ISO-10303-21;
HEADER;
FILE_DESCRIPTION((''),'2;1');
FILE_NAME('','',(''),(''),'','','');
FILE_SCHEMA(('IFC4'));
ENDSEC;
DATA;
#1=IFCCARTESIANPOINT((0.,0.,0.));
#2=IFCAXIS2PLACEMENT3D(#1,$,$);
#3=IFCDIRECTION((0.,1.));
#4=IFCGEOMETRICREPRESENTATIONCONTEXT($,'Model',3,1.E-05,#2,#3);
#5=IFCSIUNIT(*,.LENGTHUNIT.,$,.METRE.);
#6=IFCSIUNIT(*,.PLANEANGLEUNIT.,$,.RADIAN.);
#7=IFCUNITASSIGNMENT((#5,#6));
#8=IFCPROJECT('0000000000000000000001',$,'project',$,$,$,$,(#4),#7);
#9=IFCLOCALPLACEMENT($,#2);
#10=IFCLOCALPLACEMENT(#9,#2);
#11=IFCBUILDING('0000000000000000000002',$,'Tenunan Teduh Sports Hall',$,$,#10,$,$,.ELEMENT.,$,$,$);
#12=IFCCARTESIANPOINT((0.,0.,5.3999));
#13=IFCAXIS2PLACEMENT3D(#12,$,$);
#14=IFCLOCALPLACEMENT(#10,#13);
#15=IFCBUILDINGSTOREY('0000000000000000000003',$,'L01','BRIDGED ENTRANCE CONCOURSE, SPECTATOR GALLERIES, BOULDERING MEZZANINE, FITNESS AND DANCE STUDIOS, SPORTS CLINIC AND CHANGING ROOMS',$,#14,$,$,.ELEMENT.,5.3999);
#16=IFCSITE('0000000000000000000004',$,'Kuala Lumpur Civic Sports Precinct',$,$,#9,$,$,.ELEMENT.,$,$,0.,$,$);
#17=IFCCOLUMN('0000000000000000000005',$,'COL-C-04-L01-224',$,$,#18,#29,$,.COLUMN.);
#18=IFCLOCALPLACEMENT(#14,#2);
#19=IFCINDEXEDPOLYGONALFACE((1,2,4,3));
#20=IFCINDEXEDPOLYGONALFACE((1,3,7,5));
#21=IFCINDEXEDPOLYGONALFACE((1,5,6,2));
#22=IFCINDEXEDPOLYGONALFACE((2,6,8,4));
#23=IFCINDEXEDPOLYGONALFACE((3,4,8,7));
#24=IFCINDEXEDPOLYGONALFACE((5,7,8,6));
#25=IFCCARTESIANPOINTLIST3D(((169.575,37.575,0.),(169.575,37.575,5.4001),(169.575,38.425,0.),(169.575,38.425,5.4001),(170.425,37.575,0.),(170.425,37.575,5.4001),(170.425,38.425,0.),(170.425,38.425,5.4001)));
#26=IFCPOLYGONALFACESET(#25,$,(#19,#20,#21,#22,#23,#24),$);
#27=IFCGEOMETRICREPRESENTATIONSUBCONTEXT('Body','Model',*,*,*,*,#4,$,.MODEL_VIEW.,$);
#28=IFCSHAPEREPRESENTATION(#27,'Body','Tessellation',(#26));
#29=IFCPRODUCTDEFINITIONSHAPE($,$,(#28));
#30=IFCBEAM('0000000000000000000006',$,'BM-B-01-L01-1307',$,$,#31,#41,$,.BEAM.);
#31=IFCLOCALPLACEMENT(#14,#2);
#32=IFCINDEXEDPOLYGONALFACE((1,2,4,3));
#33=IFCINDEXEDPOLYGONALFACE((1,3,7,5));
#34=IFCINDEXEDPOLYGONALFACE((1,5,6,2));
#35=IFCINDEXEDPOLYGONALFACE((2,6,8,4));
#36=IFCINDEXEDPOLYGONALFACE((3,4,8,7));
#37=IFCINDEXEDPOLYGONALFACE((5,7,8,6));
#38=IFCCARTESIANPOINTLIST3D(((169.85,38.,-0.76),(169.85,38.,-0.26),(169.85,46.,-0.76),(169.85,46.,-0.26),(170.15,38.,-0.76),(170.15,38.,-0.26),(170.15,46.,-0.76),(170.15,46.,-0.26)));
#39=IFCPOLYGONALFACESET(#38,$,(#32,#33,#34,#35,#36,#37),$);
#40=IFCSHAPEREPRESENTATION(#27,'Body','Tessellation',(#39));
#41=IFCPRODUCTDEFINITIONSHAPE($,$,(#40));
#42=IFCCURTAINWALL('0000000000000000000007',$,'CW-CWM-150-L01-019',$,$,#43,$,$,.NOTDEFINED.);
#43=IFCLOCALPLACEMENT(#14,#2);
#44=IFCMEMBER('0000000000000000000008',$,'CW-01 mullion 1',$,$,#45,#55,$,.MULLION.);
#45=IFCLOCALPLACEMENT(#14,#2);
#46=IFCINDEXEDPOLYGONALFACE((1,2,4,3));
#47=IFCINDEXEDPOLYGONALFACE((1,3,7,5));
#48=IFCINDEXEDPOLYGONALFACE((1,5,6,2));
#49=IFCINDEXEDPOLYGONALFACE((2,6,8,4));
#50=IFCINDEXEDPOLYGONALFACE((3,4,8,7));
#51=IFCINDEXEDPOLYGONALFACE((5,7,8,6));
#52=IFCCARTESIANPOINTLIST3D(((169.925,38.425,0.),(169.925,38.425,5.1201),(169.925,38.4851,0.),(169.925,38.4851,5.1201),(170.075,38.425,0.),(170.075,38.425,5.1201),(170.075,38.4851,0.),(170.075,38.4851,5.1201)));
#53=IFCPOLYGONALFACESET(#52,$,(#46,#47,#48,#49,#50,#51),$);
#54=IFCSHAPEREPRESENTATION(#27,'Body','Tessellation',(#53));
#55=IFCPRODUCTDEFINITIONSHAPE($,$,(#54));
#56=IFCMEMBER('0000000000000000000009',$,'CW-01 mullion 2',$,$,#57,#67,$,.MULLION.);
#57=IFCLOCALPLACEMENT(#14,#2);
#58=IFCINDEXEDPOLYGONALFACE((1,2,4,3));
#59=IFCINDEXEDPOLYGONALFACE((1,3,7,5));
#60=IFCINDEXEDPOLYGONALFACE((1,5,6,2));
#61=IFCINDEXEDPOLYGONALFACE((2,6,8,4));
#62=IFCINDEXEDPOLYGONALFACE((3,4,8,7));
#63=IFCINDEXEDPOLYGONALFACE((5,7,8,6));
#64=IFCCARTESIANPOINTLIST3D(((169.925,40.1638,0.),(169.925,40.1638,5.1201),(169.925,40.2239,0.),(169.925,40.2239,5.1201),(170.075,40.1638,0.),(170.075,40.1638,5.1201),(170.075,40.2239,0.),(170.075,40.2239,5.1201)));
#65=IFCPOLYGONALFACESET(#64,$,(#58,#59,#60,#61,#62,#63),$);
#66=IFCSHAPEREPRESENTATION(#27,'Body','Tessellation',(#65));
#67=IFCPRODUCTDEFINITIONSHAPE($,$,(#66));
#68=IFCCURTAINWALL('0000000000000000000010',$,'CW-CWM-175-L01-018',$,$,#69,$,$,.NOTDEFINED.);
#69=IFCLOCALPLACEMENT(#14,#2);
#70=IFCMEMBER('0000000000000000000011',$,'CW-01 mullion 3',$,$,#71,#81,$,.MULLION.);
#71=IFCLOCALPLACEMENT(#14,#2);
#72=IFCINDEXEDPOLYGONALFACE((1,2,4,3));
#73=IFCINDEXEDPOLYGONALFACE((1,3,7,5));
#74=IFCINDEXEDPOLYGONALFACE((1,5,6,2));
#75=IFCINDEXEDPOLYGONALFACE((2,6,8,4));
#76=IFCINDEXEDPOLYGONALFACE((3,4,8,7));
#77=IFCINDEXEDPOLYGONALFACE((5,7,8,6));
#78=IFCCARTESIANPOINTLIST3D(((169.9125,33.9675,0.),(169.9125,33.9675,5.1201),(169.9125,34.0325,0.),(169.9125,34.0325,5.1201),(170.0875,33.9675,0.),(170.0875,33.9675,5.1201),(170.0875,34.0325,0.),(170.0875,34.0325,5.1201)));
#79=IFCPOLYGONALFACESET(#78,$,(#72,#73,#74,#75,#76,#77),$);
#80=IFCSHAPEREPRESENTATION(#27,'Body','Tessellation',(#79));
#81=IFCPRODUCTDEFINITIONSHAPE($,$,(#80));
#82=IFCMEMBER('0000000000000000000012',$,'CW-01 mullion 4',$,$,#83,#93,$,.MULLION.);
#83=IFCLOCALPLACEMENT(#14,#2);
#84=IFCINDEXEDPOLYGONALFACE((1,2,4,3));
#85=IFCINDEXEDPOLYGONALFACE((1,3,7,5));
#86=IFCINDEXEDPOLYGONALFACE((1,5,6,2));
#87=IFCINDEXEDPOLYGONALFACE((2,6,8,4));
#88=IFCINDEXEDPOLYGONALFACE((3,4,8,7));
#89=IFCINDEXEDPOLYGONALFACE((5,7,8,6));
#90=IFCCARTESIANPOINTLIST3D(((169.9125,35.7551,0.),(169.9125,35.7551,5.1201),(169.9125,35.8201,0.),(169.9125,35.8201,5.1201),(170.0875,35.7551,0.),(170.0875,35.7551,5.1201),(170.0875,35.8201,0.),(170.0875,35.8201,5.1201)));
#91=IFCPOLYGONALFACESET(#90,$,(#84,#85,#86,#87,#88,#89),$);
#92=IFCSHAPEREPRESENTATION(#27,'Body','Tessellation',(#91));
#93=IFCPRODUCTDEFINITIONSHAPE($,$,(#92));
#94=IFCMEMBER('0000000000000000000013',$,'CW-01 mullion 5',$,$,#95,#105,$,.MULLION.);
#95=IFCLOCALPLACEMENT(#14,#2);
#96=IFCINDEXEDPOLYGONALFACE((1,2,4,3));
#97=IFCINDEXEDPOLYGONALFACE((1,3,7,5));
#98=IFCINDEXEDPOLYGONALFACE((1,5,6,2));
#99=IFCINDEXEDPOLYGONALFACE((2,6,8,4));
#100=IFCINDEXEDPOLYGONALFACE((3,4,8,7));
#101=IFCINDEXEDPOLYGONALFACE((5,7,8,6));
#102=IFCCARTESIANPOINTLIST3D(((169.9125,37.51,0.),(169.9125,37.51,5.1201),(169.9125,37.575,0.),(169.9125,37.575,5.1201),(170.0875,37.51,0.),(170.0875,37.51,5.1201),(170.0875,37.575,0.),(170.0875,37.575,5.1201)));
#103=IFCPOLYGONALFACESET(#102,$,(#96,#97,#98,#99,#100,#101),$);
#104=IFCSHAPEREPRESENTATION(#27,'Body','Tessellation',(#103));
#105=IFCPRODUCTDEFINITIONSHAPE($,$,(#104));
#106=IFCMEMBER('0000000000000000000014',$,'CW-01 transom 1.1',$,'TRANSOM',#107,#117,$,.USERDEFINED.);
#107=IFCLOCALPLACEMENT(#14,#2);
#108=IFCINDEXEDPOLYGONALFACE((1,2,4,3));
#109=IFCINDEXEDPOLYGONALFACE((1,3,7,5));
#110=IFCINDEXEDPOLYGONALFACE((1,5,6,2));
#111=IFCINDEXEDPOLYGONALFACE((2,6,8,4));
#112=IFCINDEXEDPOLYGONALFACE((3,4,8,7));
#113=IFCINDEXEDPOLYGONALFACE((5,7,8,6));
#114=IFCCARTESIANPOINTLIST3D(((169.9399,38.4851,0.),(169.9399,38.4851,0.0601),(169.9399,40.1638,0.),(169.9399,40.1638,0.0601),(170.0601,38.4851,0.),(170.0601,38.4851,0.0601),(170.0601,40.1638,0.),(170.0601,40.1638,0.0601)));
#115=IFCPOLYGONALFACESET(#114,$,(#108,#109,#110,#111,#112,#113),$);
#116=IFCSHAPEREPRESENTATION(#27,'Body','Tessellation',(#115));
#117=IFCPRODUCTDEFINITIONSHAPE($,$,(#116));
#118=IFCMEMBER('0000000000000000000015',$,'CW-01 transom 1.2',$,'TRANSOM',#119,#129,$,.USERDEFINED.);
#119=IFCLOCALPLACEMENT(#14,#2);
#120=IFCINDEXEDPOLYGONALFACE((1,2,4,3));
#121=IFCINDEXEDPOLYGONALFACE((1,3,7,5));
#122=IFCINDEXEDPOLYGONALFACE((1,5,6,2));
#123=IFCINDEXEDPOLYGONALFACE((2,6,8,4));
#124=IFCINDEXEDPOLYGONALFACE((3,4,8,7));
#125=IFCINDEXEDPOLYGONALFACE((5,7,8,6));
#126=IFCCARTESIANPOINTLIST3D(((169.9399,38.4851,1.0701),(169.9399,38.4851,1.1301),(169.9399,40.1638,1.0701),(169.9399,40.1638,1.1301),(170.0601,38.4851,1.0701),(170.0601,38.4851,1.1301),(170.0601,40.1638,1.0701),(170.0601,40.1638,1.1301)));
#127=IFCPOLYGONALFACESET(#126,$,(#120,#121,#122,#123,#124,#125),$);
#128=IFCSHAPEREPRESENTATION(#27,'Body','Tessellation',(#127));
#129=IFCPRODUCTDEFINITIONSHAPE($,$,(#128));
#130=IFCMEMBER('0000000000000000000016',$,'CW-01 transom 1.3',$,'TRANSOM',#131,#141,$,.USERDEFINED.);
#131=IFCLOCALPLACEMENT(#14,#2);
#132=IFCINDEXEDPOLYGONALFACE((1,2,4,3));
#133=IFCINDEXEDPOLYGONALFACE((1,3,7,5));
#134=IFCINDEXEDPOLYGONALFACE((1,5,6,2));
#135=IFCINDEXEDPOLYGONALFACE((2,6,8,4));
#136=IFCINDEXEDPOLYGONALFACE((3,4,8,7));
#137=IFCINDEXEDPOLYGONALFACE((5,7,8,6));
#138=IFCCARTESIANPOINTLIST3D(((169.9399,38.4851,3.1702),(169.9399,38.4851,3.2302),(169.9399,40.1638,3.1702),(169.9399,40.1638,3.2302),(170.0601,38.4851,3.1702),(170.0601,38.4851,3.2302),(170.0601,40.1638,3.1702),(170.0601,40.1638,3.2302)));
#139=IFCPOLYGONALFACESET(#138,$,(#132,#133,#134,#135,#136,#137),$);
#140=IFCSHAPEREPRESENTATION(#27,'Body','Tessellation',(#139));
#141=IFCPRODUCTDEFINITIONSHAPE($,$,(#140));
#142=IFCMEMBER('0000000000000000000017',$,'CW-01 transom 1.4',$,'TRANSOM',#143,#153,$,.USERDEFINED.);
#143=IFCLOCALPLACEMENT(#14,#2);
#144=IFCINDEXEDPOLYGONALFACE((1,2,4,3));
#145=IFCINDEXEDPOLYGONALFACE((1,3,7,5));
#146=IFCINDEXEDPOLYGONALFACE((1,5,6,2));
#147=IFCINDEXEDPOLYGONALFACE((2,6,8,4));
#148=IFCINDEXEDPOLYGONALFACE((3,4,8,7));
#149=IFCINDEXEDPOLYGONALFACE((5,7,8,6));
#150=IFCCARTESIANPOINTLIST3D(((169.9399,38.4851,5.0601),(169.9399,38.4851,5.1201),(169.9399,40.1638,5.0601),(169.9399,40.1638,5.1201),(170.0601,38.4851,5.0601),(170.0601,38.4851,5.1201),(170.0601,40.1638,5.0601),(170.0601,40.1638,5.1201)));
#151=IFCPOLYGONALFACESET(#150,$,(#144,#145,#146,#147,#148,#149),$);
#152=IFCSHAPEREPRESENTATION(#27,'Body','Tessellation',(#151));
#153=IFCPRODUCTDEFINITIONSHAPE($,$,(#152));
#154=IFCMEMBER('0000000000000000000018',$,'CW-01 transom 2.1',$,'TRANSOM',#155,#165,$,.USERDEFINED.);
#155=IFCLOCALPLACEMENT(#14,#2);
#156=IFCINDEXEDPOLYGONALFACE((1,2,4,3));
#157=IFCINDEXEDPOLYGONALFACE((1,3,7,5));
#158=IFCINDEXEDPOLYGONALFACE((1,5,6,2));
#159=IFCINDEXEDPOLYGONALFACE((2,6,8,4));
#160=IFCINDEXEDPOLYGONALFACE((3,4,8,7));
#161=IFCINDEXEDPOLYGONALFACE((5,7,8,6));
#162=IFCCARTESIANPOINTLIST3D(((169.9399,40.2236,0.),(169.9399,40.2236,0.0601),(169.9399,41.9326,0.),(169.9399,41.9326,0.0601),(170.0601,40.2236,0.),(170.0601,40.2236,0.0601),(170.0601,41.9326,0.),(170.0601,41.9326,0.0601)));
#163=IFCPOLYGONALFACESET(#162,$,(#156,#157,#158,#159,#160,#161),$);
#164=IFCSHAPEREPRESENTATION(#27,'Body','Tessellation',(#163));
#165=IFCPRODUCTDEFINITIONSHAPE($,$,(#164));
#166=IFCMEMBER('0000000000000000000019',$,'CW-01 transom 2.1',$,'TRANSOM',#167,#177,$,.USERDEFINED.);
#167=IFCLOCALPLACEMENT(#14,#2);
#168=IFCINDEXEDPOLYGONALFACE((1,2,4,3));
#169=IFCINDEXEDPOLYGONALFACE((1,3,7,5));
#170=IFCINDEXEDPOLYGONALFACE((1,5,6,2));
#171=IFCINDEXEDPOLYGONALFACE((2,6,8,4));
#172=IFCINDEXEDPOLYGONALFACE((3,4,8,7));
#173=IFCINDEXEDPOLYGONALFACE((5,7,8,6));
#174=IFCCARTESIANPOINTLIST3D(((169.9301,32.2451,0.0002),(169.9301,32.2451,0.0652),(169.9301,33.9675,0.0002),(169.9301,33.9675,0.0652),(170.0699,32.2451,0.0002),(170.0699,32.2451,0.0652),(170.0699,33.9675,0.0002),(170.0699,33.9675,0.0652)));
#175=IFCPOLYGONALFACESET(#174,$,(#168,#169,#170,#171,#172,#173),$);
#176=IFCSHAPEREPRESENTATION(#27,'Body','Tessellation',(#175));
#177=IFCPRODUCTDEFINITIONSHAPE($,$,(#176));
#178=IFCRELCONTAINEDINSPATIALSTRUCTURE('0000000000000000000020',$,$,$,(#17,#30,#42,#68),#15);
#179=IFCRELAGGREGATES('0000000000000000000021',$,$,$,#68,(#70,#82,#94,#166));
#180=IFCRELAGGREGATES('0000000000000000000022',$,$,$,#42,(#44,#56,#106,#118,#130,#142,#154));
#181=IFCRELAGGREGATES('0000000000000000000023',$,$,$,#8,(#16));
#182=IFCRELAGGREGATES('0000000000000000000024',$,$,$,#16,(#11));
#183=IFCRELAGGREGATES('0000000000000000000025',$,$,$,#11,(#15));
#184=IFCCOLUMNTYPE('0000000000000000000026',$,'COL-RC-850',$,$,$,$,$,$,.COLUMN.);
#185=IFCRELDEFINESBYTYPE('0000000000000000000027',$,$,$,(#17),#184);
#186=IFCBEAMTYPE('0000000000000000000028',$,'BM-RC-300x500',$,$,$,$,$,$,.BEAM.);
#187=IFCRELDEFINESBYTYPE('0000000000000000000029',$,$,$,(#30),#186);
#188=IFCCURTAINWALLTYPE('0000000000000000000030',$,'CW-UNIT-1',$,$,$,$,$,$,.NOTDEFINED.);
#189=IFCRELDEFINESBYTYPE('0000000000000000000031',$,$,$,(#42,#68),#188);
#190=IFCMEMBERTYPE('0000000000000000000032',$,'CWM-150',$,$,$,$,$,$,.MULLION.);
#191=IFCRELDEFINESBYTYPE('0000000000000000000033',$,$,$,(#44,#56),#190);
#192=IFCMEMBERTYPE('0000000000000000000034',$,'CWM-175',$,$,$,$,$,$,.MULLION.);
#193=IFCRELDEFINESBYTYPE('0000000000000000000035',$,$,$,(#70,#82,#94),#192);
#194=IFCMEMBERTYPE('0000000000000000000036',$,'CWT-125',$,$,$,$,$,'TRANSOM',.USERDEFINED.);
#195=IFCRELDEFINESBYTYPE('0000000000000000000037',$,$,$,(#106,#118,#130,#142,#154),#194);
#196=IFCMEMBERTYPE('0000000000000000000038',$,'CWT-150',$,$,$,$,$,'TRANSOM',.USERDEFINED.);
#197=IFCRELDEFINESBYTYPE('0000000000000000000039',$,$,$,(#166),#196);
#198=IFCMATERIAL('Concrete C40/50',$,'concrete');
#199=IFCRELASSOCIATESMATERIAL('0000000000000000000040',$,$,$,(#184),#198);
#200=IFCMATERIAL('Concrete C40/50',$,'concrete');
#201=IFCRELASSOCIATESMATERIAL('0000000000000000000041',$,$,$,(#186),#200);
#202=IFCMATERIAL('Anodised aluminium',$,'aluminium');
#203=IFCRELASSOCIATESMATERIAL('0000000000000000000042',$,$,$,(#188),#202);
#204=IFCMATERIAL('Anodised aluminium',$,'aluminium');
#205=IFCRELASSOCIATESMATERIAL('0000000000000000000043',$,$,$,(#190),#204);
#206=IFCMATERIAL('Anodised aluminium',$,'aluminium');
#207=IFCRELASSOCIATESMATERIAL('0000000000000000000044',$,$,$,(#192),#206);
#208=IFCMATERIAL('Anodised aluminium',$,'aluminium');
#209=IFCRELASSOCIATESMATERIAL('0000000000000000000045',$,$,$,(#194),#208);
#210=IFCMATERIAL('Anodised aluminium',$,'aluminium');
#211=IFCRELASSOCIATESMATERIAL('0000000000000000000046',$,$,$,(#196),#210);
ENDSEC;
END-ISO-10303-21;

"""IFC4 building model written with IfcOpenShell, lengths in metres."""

from ifc_helpers import new_model, si_unit, direction, frame, origin, origin_2d, place, context, subcontext, project, spatial, rectangle, extrude, material, material_profile, profile_set, type_object, element, aggregate, save


model = new_model("IFC4")

# Units and contexts
model_context = context("Model", 3, precision=1e-05, world=origin(), true_north=direction((0.0, 1.0)))
body_context = subcontext(model_context, "Body", "Model", "MODEL_VIEW")
ifc_project = project(units=[si_unit("LENGTHUNIT", "METRE"), si_unit("PLANEANGLEUNIT", "RADIAN")], contexts=[model_context])

# Site, building, storey
site_placement = place(None, origin())
site = spatial("IfcSite", under=ifc_project, at=site_placement, Name="Kuala Lumpur Civic Sports Precinct", CompositionType="ELEMENT", RefElevation=0.0)
building_placement = place(site_placement, origin())
building = spatial("IfcBuilding", under=site, at=building_placement, Name="Tenunan Teduh Sports Hall", CompositionType="ELEMENT")
storey_placement = place(building_placement, frame((0.0, 0.0, 5.3999)))
storey = spatial("IfcBuildingStorey", under=building, at=storey_placement, Name="L01", Description="BRIDGED ENTRANCE CONCOURSE, SPECTATOR GALLERIES, BOULDERING MEZZANINE, FITNESS AND DANCE STUDIOS, SPORTS CLINIC AND CHANGING ROOMS", CompositionType="ELEMENT", Elevation=5.3999)

# Column
ifc_material_1 = material(Name="Concrete C40/50", Category="concrete")
ifc_material_profile_1 = material_profile(ifc_material_1, rectangle(XDim=0.8501, YDim=0.8501, at=origin_2d()), Name="RC 850x850")
ifc_profile_set_1 = profile_set([ifc_material_profile_1], Name="Concrete C40/50")
column_type = type_object("IfcColumnType", Name="COL-RC-850", PredefinedType="COLUMN", material=ifc_profile_set_1)
column_placement = place(storey_placement, frame((170.0, 38.0, 0.0), z_axis=(0.0, 0.0, 1.0), x_axis=(1.0, 0.0, 0.0)))
element("IfcColumn", 1, at=column_placement, inside=storey, type_object=column_type, Name="COL-C-04-L01-224", PredefinedType="COLUMN", context=body_context, shape_type="SweptSolid", body=[
    extrude(rectangle(XDim=0.8501, YDim=0.8501, at=origin_2d()), origin(), (0.0, 0.0, 1.0), 5.4001),
])

# Beam
ifc_material_2 = material(Name="Concrete C40/50", Category="concrete")
ifc_material_profile_2 = material_profile(ifc_material_2, rectangle(XDim=0.3, YDim=0.5, at=origin_2d()), Name="RCB 300x500")
ifc_profile_set_2 = profile_set([ifc_material_profile_2], Name="Concrete C40/50")
beam_type = type_object("IfcBeamType", Name="BM-RC-300x500", PredefinedType="BEAM", material=ifc_profile_set_2)
beam_placement = place(storey_placement, frame((170.0, 38.0, -0.51), z_axis=(0.0, 1.0, 0.0), x_axis=(-1.0, 0.0, 0.0)))
element("IfcBeam", 2, at=beam_placement, inside=storey, type_object=beam_type, Name="BM-B-01-L01-1307", PredefinedType="BEAM", context=body_context, shape_type="SweptSolid", body=[
    extrude(rectangle(XDim=0.3, YDim=0.5, at=origin_2d()), origin(), (0.0, 0.0, 1.0), 8.0),
])

# Curtain walls, members
ifc_material_3 = material(Name="Anodised aluminium", Category="aluminium")
curtain_wall_type = type_object("IfcCurtainWallType", Name="CW-UNIT-1", PredefinedType="NOTDEFINED", material=ifc_material_3)
curtain_wall_1_placement = place(storey_placement, origin())
curtain_wall_1 = element("IfcCurtainWall", 3, at=curtain_wall_1_placement, inside=storey, type_object=curtain_wall_type, Name="CW-CWM-150-L01-019", PredefinedType="NOTDEFINED")
ifc_material_4 = material(Name="Anodised aluminium", Category="aluminium")
ifc_material_profile_3 = material_profile(ifc_material_4, rectangle(XDim=0.0601, YDim=0.1499, at=origin_2d()), Name="CWM 60x150")
ifc_profile_set_3 = profile_set([ifc_material_profile_3], Name="Anodised aluminium")
member_type_1 = type_object("IfcMemberType", Name="CWM-150", PredefinedType="MULLION", material=ifc_profile_set_3)
member_1_placement = place(storey_placement, frame((170.0, 38.4551, 0.0), z_axis=(0.0, 0.0, 1.0), x_axis=(0.0, 1.0, 0.0)))
member_1 = element("IfcMember", 4, at=member_1_placement, type_object=member_type_1, Name="CW-01 mullion 1", PredefinedType="MULLION", context=body_context, shape_type="SweptSolid", body=[
    extrude(rectangle(XDim=0.0601, YDim=0.1499, at=origin_2d()), origin(), (0.0, 0.0, 1.0), 5.1201),
])
member_2_placement = place(storey_placement, frame((170.0, 40.1938, 0.0), z_axis=(0.0, 0.0, 1.0), x_axis=(0.0, 1.0, 0.0)))
member_2 = element("IfcMember", 5, at=member_2_placement, type_object=member_type_1, Name="CW-01 mullion 2", PredefinedType="MULLION", context=body_context, shape_type="SweptSolid", body=[
    extrude(rectangle(XDim=0.0601, YDim=0.1499, at=origin_2d()), origin(), (0.0, 0.0, 1.0), 5.1201),
])
curtain_wall_2_placement = place(storey_placement, origin())
curtain_wall_2 = element("IfcCurtainWall", 6, at=curtain_wall_2_placement, inside=storey, type_object=curtain_wall_type, Name="CW-CWM-175-L01-018", PredefinedType="NOTDEFINED")
ifc_material_5 = material(Name="Anodised aluminium", Category="aluminium")
ifc_material_profile_4 = material_profile(ifc_material_5, rectangle(XDim=0.0649, YDim=0.175, at=origin_2d()), Name="CWM 65x175")
ifc_profile_set_4 = profile_set([ifc_material_profile_4], Name="Anodised aluminium")
member_type_2 = type_object("IfcMemberType", Name="CWM-175", PredefinedType="MULLION", material=ifc_profile_set_4)
member_3_placement = place(storey_placement, frame((170.0, 34.0, 0.0), z_axis=(0.0, 0.0, 1.0), x_axis=(0.0, 1.0, 0.0)))
member_3 = element("IfcMember", 7, at=member_3_placement, type_object=member_type_2, Name="CW-01 mullion 3", PredefinedType="MULLION", context=body_context, shape_type="SweptSolid", body=[
    extrude(rectangle(XDim=0.0649, YDim=0.175, at=origin_2d()), origin(), (0.0, 0.0, 1.0), 5.1201),
])
member_4_placement = place(storey_placement, frame((170.0, 35.7876, 0.0), z_axis=(0.0, 0.0, 1.0), x_axis=(0.0, 1.0, 0.0)))
member_4 = element("IfcMember", 8, at=member_4_placement, type_object=member_type_2, Name="CW-01 mullion 4", PredefinedType="MULLION", context=body_context, shape_type="SweptSolid", body=[
    extrude(rectangle(XDim=0.0649, YDim=0.175, at=origin_2d()), origin(), (0.0, 0.0, 1.0), 5.1201),
])
member_5_placement = place(storey_placement, frame((170.0, 37.5425, 0.0), z_axis=(0.0, 0.0, 1.0), x_axis=(0.0, 1.0, 0.0)))
member_5 = element("IfcMember", 9, at=member_5_placement, type_object=member_type_2, Name="CW-01 mullion 5", PredefinedType="MULLION", context=body_context, shape_type="SweptSolid", body=[
    extrude(rectangle(XDim=0.0649, YDim=0.175, at=origin_2d()), origin(), (0.0, 0.0, 1.0), 5.1201),
])

# Members
ifc_material_6 = material(Name="Anodised aluminium", Category="aluminium")
ifc_material_profile_5 = material_profile(ifc_material_6, rectangle(XDim=0.0601, YDim=0.1201, at=origin_2d()), Name="CWT 60x120")
ifc_profile_set_5 = profile_set([ifc_material_profile_5], Name="Anodised aluminium")
member_type_3 = type_object("IfcMemberType", Name="CWT-125", ElementType="TRANSOM", PredefinedType="USERDEFINED", material=ifc_profile_set_5)
member_6_placement = place(storey_placement, frame((170.0, 38.4851, 0.03), z_axis=(0.0, 1.0, 0.0), x_axis=(0.0, 0.0, 1.0)))
member_6 = element("IfcMember", 10, at=member_6_placement, type_object=member_type_3, Name="CW-01 transom 1.1", ObjectType="TRANSOM", PredefinedType="USERDEFINED", context=body_context, shape_type="SweptSolid", body=[
    extrude(rectangle(XDim=0.0601, YDim=0.1201, at=origin_2d()), origin(), (0.0, 0.0, 1.0), 1.6787),
])
member_7_placement = place(storey_placement, frame((170.0, 38.4851, 1.1001), z_axis=(0.0, 1.0, 0.0), x_axis=(0.0, 0.0, 1.0)))
member_7 = element("IfcMember", 11, at=member_7_placement, type_object=member_type_3, Name="CW-01 transom 1.2", ObjectType="TRANSOM", PredefinedType="USERDEFINED", context=body_context, shape_type="SweptSolid", body=[
    extrude(rectangle(XDim=0.0601, YDim=0.1201, at=origin_2d()), origin(), (0.0, 0.0, 1.0), 1.6787),
])
member_8_placement = place(storey_placement, frame((170.0, 38.4851, 3.2002), z_axis=(0.0, 1.0, 0.0), x_axis=(0.0, 0.0, 1.0)))
member_8 = element("IfcMember", 12, at=member_8_placement, type_object=member_type_3, Name="CW-01 transom 1.3", ObjectType="TRANSOM", PredefinedType="USERDEFINED", context=body_context, shape_type="SweptSolid", body=[
    extrude(rectangle(XDim=0.0601, YDim=0.1201, at=origin_2d()), origin(), (0.0, 0.0, 1.0), 1.6787),
])
member_9_placement = place(storey_placement, frame((170.0, 38.4851, 5.0901), z_axis=(0.0, 1.0, 0.0), x_axis=(0.0, 0.0, 1.0)))
member_9 = element("IfcMember", 13, at=member_9_placement, type_object=member_type_3, Name="CW-01 transom 1.4", ObjectType="TRANSOM", PredefinedType="USERDEFINED", context=body_context, shape_type="SweptSolid", body=[
    extrude(rectangle(XDim=0.0601, YDim=0.1201, at=origin_2d()), origin(), (0.0, 0.0, 1.0), 1.6787),
])
member_10_placement = place(storey_placement, frame((170.0, 40.2236, 0.03), z_axis=(0.0, 1.0, 0.0), x_axis=(0.0, 0.0, 1.0)))
member_10 = element("IfcMember", 14, at=member_10_placement, type_object=member_type_3, Name="CW-01 transom 2.1", ObjectType="TRANSOM", PredefinedType="USERDEFINED", context=body_context, shape_type="SweptSolid", body=[
    extrude(rectangle(XDim=0.0601, YDim=0.1201, at=origin_2d()), origin(), (0.0, 0.0, 1.0), 1.709),
])
ifc_material_7 = material(Name="Anodised aluminium", Category="aluminium")
ifc_material_profile_6 = material_profile(ifc_material_7, rectangle(XDim=0.0649, YDim=0.1399, at=origin_2d()), Name="CWT 65x140")
ifc_profile_set_6 = profile_set([ifc_material_profile_6], Name="Anodised aluminium")
member_type_4 = type_object("IfcMemberType", Name="CWT-150", ElementType="TRANSOM", PredefinedType="USERDEFINED", material=ifc_profile_set_6)
member_11_placement = place(storey_placement, frame((170.0, 32.2451, 0.0327), z_axis=(0.0, 1.0, 0.0), x_axis=(0.0, 0.0, 1.0)))
member_11 = element("IfcMember", 15, at=member_11_placement, type_object=member_type_4, Name="CW-01 transom 2.1", ObjectType="TRANSOM", PredefinedType="USERDEFINED", context=body_context, shape_type="SweptSolid", body=[
    extrude(rectangle(XDim=0.0649, YDim=0.1399, at=origin_2d()), origin(), (0.0, 0.0, 1.0), 1.7224),
])

aggregate(curtain_wall_2, [member_3, member_4, member_5, member_11])
aggregate(curtain_wall_1, [member_1, member_2, member_6, member_7, member_8, member_9, member_10])

save(model, "model.ifc")
